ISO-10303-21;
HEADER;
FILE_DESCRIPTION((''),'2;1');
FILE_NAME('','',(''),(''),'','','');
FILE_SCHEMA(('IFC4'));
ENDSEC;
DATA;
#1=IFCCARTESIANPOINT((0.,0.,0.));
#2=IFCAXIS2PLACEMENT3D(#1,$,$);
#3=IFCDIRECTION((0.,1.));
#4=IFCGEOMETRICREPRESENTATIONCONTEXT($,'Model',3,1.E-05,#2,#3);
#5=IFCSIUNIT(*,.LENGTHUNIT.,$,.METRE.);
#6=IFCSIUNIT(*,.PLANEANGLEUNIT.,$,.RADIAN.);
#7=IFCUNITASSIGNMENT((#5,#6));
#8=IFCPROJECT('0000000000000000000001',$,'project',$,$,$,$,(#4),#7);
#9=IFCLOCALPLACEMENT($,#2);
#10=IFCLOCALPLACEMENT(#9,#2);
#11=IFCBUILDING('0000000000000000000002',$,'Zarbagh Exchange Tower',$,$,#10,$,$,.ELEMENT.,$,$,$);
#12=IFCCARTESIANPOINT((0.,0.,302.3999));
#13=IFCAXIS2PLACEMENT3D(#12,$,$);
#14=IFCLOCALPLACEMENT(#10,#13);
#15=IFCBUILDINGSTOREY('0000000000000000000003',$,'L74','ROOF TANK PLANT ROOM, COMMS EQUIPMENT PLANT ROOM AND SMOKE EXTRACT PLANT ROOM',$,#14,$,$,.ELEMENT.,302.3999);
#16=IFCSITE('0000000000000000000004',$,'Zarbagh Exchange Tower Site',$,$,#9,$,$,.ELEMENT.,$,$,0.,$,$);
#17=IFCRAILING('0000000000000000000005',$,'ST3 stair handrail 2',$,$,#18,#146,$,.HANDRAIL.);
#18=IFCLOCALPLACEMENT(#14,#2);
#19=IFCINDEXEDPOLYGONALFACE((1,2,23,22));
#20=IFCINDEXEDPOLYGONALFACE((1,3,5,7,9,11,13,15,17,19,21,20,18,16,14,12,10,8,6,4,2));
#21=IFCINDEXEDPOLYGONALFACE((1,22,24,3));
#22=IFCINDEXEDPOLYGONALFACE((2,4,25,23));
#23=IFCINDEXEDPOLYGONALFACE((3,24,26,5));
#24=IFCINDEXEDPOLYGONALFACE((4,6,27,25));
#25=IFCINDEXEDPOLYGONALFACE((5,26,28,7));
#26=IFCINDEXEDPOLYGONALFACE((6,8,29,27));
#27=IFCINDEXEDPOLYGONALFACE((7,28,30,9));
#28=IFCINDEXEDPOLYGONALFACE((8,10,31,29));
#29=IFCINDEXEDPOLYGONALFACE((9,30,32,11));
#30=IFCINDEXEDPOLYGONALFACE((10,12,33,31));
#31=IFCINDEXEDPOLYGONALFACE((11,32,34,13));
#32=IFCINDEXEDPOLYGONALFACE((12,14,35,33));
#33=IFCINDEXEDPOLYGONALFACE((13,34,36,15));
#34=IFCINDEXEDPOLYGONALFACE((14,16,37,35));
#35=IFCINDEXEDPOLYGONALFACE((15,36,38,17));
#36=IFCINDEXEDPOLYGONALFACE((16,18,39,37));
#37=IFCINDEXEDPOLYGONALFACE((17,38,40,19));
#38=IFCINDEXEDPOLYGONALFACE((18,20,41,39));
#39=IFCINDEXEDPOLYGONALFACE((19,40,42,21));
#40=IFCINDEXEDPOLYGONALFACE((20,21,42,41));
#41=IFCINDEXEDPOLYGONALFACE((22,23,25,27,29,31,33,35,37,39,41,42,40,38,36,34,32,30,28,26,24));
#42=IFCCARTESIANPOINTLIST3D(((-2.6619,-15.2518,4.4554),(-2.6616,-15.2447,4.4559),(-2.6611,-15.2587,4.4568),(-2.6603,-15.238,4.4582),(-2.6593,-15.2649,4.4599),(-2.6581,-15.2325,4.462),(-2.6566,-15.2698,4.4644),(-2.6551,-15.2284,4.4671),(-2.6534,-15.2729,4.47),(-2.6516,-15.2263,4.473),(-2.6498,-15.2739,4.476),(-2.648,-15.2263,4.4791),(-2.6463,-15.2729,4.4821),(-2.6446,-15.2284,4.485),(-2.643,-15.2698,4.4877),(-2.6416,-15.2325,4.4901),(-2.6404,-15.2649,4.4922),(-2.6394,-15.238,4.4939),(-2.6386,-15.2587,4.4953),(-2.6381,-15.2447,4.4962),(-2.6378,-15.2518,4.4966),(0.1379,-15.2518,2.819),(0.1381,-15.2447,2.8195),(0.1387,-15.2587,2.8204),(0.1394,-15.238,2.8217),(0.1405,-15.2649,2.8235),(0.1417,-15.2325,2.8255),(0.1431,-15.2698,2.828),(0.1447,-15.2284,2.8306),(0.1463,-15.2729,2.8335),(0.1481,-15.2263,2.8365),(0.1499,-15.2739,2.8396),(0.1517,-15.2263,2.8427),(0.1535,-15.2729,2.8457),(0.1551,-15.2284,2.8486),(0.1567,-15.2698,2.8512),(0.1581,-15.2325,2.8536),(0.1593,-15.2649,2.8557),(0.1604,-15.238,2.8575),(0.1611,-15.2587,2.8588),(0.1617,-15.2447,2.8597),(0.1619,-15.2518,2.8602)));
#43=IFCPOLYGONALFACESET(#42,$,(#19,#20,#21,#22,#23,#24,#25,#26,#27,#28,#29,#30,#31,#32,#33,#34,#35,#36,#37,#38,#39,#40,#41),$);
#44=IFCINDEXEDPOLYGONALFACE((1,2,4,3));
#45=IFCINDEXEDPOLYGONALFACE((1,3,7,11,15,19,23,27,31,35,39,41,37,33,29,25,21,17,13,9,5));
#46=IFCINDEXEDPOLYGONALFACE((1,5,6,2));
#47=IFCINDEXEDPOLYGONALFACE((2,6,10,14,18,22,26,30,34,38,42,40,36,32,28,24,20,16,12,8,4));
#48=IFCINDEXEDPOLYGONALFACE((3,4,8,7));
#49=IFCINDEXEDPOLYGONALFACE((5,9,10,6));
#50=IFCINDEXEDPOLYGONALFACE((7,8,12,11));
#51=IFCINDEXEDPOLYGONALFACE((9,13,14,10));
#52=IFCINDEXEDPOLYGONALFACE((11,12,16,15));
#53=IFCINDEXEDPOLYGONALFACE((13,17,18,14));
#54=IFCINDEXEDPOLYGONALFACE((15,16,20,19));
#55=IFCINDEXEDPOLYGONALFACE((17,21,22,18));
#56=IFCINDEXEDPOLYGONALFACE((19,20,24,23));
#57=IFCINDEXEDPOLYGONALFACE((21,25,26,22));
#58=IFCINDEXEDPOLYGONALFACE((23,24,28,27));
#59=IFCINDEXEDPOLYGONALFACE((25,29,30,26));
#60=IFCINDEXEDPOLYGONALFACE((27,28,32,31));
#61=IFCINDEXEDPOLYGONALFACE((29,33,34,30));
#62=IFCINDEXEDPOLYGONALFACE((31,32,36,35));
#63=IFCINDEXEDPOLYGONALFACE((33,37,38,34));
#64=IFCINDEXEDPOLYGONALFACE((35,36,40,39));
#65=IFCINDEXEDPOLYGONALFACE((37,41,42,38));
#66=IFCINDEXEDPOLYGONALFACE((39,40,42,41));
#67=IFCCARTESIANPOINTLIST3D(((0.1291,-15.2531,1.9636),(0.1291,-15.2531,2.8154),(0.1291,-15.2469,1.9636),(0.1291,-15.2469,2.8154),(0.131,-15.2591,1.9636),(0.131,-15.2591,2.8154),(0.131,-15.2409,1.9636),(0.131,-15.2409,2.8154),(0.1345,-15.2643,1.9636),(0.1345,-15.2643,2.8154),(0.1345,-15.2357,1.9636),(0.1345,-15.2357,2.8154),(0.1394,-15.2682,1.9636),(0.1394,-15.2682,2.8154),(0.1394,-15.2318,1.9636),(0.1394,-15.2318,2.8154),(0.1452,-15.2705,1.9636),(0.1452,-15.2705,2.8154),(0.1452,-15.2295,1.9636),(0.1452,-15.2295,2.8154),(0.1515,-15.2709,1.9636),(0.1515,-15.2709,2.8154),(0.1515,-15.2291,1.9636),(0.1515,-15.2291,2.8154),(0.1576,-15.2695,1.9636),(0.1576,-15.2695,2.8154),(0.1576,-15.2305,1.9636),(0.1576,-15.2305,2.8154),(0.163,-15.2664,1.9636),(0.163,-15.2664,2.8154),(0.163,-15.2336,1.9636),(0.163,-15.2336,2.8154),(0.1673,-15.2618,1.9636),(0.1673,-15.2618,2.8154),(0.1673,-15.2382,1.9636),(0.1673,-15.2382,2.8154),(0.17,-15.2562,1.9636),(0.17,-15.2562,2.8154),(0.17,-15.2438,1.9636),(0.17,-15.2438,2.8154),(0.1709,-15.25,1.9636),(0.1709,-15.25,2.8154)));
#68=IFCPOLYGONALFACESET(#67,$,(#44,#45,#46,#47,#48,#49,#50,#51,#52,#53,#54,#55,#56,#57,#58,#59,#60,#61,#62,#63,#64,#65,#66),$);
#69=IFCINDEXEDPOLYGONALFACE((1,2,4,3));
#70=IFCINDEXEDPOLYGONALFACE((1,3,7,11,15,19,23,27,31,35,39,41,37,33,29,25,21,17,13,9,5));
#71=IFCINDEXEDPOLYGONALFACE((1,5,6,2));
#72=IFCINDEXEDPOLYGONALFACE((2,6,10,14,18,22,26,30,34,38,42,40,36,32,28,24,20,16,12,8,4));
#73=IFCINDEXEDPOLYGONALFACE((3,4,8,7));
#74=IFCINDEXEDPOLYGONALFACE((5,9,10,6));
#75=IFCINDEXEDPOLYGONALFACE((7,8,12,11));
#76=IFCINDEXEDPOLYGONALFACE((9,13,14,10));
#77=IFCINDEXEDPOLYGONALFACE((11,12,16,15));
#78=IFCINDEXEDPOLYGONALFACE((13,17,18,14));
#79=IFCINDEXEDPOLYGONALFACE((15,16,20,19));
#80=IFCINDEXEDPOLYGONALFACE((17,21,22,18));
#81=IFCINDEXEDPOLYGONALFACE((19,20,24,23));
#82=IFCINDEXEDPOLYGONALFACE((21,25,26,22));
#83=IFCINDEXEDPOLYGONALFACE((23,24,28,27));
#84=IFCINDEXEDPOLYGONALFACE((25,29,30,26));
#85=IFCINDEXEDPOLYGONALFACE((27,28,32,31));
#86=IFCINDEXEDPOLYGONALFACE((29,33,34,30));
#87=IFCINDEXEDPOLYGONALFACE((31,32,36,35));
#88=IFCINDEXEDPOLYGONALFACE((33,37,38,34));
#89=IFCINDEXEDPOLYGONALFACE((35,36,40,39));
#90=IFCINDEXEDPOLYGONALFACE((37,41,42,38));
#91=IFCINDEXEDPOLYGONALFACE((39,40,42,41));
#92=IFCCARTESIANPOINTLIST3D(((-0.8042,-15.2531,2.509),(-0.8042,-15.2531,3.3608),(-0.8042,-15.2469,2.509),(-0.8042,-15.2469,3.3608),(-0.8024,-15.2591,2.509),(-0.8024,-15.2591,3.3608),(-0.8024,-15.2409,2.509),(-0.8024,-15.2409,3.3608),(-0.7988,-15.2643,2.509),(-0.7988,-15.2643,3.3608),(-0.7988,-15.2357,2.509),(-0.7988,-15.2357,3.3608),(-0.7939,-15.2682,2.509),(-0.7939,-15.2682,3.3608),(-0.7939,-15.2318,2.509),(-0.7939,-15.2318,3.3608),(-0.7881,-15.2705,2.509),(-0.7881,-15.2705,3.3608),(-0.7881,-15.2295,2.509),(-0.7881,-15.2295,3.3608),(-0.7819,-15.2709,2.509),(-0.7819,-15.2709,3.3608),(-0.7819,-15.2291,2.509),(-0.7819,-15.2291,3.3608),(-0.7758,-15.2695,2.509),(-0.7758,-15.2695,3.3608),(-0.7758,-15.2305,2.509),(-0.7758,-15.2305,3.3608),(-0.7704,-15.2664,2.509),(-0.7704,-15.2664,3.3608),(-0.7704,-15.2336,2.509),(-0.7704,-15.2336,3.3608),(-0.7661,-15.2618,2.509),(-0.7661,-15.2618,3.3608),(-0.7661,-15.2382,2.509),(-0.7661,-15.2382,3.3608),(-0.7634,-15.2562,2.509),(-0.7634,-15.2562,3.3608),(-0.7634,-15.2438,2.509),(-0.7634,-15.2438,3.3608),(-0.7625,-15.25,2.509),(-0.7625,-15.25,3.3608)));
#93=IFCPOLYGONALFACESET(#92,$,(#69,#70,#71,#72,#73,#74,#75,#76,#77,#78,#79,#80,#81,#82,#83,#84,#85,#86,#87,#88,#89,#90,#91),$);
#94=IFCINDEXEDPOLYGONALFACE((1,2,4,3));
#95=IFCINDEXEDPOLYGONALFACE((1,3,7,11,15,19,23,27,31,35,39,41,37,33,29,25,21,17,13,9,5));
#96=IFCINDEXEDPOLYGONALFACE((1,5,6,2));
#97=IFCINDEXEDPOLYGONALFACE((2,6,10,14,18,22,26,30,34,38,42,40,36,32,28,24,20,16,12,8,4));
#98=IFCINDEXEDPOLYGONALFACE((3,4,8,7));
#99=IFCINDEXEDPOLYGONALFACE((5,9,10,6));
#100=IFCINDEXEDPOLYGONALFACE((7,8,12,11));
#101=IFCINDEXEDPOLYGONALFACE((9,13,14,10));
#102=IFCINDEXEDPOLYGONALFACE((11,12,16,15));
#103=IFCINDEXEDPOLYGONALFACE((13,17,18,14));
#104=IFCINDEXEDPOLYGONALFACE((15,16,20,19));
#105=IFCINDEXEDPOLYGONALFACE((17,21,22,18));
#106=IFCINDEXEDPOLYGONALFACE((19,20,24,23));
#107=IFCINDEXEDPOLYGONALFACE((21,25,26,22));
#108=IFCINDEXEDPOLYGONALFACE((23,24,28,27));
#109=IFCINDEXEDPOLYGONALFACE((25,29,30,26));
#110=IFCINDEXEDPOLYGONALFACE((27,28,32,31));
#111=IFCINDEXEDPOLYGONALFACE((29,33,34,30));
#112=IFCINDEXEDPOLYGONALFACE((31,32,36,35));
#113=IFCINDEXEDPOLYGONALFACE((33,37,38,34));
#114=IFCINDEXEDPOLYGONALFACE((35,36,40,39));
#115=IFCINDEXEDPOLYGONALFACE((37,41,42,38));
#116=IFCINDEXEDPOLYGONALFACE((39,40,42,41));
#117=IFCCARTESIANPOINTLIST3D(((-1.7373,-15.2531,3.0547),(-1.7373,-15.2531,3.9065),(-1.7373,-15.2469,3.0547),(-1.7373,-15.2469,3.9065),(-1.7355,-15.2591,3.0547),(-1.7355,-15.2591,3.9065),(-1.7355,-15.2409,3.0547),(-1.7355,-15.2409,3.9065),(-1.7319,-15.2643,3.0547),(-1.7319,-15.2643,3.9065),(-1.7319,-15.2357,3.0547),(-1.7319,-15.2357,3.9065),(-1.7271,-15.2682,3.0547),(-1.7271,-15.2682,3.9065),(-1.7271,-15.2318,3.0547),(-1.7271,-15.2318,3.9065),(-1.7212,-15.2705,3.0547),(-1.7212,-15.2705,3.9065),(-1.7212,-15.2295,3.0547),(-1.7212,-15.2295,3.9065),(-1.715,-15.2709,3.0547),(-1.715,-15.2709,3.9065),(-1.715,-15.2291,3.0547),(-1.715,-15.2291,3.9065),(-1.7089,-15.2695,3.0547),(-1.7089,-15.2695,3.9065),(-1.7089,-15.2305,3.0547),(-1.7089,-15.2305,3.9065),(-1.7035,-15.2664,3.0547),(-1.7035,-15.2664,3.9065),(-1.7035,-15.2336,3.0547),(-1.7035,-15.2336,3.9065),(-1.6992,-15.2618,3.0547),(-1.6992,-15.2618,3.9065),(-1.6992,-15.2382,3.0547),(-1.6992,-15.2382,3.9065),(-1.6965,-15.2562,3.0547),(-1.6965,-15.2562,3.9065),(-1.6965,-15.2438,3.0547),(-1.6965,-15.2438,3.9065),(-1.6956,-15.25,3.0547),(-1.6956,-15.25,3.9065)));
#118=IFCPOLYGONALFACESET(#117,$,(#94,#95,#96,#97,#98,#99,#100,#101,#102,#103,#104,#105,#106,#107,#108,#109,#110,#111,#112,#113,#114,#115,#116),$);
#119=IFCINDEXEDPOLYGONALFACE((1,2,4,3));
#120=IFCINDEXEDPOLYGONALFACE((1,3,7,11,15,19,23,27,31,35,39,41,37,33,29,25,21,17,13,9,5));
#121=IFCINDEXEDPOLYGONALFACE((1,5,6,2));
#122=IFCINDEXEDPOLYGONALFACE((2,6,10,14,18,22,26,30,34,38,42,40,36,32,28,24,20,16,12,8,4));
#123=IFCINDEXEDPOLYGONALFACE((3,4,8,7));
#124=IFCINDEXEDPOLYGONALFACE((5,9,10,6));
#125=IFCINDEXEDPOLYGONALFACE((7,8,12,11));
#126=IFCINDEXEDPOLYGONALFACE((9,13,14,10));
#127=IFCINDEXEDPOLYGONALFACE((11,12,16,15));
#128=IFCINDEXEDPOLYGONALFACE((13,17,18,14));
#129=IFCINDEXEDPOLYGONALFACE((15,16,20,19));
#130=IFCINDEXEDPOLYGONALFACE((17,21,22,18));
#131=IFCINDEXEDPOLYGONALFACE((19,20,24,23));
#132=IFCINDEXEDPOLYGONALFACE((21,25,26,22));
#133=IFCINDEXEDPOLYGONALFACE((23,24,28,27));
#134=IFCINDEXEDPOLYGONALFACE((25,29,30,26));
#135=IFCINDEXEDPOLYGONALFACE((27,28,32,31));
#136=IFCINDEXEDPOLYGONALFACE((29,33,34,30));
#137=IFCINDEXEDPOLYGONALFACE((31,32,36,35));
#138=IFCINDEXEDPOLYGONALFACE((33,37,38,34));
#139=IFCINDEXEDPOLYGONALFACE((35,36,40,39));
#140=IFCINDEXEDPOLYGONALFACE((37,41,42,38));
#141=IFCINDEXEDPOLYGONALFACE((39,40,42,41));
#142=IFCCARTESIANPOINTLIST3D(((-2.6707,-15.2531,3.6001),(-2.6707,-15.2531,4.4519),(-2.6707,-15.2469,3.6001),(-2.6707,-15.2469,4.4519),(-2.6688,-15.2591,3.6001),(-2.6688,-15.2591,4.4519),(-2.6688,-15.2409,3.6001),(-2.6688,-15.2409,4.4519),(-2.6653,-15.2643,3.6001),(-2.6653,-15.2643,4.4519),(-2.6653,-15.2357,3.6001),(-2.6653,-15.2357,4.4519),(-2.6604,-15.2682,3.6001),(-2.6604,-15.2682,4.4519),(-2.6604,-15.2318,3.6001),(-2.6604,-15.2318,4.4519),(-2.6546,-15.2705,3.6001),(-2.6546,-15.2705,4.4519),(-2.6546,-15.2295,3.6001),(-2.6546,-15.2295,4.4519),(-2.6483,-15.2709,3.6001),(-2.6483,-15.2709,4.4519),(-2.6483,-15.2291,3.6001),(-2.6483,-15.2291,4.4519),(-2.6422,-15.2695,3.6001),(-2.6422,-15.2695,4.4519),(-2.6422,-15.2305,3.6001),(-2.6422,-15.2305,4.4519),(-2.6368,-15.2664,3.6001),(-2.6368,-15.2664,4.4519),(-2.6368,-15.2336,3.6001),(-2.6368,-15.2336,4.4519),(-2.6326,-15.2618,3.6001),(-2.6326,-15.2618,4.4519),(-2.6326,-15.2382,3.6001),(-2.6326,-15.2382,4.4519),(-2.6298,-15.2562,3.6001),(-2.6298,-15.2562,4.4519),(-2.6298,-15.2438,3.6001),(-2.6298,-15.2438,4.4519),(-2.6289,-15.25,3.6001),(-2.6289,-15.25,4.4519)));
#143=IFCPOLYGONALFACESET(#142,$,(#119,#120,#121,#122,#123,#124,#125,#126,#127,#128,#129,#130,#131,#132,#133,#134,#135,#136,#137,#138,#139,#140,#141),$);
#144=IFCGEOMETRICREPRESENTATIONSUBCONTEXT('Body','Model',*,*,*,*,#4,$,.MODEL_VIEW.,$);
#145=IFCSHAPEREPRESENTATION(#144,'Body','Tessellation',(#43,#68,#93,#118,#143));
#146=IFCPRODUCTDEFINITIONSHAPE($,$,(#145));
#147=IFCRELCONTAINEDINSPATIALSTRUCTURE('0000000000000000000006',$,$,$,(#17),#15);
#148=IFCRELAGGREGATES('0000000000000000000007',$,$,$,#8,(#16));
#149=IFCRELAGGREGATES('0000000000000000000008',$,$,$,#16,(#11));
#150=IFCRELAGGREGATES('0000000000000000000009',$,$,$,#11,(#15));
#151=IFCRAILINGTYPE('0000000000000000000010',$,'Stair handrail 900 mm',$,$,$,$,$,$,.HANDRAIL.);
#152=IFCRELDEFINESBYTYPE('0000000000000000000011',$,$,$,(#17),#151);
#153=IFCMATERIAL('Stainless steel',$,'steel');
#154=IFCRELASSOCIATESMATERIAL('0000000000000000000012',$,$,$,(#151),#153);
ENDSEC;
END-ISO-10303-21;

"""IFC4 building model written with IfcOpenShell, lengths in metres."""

from ifc_helpers import new_model, si_unit, direction, frame, origin, origin_2d, place, context, subcontext, project, spatial, circle, extrude, material, type_object, element, save


model = new_model("IFC4")

# Units and contexts
model_context = context("Model", 3, precision=1e-05, world=origin(), true_north=direction((0.0, 1.0)))
body_context = subcontext(model_context, "Body", "Model", "MODEL_VIEW")
ifc_project = project(units=[si_unit("LENGTHUNIT", "METRE"), si_unit("PLANEANGLEUNIT", "RADIAN")], contexts=[model_context])

# Site, building, storey
site_placement = place(None, origin())
site = spatial("IfcSite", under=ifc_project, at=site_placement, Name="Zarbagh Exchange Tower Site", CompositionType="ELEMENT", RefElevation=0.0)
building_placement = place(site_placement, origin())
building = spatial("IfcBuilding", under=site, at=building_placement, Name="Zarbagh Exchange Tower", CompositionType="ELEMENT")
storey_placement = place(building_placement, frame((0.0, 0.0, 302.3999)))
storey = spatial("IfcBuildingStorey", under=building, at=storey_placement, Name="L74", Description="ROOF TANK PLANT ROOM, COMMS EQUIPMENT PLANT ROOM AND SMOKE EXTRACT PLANT ROOM", CompositionType="ELEMENT", Elevation=302.3999)

# Shared definitions
ifc_material_1 = material(Name="Stainless steel", Category="steel")

# Railing
railing_type_1 = type_object("IfcRailingType", Name="Stair handrail 900 mm", PredefinedType="HANDRAIL", material=ifc_material_1)
railing_1_placement = place(storey_placement, frame((0.1499, -15.25, 1.9636)))
element("IfcRailing", 1, at=railing_1_placement, inside=storey, type_object=railing_type_1, Name="ST3 stair handrail 2", PredefinedType="HANDRAIL", context=body_context, shape_type="SweptSolid", body=[
    extrude(circle(Radius=0.0239, at=origin_2d()), frame((0.0, 0.0, 0.876), z_axis=(-0.863342, 0.0, 0.50462), x_axis=(0.0, -1.0, 0.0)), (0.0, 0.0, 1.0), 3.2429),
    extrude(circle(Radius=0.021, at=origin_2d()), origin(), (0.0, 0.0, 1.0), 0.8518),
    extrude(circle(Radius=0.021, at=origin_2d()), frame((-0.9333, 0.0, 0.5454)), (0.0, 0.0, 1.0), 0.8518),
    extrude(circle(Radius=0.021, at=origin_2d()), frame((-1.8665, 0.0, 1.0911)), (0.0, 0.0, 1.0), 0.8518),
    extrude(circle(Radius=0.021, at=origin_2d()), frame((-2.7998, 0.0, 1.6365)), (0.0, 0.0, 1.0), 0.8518),
])

save(model, "model.ifc")
